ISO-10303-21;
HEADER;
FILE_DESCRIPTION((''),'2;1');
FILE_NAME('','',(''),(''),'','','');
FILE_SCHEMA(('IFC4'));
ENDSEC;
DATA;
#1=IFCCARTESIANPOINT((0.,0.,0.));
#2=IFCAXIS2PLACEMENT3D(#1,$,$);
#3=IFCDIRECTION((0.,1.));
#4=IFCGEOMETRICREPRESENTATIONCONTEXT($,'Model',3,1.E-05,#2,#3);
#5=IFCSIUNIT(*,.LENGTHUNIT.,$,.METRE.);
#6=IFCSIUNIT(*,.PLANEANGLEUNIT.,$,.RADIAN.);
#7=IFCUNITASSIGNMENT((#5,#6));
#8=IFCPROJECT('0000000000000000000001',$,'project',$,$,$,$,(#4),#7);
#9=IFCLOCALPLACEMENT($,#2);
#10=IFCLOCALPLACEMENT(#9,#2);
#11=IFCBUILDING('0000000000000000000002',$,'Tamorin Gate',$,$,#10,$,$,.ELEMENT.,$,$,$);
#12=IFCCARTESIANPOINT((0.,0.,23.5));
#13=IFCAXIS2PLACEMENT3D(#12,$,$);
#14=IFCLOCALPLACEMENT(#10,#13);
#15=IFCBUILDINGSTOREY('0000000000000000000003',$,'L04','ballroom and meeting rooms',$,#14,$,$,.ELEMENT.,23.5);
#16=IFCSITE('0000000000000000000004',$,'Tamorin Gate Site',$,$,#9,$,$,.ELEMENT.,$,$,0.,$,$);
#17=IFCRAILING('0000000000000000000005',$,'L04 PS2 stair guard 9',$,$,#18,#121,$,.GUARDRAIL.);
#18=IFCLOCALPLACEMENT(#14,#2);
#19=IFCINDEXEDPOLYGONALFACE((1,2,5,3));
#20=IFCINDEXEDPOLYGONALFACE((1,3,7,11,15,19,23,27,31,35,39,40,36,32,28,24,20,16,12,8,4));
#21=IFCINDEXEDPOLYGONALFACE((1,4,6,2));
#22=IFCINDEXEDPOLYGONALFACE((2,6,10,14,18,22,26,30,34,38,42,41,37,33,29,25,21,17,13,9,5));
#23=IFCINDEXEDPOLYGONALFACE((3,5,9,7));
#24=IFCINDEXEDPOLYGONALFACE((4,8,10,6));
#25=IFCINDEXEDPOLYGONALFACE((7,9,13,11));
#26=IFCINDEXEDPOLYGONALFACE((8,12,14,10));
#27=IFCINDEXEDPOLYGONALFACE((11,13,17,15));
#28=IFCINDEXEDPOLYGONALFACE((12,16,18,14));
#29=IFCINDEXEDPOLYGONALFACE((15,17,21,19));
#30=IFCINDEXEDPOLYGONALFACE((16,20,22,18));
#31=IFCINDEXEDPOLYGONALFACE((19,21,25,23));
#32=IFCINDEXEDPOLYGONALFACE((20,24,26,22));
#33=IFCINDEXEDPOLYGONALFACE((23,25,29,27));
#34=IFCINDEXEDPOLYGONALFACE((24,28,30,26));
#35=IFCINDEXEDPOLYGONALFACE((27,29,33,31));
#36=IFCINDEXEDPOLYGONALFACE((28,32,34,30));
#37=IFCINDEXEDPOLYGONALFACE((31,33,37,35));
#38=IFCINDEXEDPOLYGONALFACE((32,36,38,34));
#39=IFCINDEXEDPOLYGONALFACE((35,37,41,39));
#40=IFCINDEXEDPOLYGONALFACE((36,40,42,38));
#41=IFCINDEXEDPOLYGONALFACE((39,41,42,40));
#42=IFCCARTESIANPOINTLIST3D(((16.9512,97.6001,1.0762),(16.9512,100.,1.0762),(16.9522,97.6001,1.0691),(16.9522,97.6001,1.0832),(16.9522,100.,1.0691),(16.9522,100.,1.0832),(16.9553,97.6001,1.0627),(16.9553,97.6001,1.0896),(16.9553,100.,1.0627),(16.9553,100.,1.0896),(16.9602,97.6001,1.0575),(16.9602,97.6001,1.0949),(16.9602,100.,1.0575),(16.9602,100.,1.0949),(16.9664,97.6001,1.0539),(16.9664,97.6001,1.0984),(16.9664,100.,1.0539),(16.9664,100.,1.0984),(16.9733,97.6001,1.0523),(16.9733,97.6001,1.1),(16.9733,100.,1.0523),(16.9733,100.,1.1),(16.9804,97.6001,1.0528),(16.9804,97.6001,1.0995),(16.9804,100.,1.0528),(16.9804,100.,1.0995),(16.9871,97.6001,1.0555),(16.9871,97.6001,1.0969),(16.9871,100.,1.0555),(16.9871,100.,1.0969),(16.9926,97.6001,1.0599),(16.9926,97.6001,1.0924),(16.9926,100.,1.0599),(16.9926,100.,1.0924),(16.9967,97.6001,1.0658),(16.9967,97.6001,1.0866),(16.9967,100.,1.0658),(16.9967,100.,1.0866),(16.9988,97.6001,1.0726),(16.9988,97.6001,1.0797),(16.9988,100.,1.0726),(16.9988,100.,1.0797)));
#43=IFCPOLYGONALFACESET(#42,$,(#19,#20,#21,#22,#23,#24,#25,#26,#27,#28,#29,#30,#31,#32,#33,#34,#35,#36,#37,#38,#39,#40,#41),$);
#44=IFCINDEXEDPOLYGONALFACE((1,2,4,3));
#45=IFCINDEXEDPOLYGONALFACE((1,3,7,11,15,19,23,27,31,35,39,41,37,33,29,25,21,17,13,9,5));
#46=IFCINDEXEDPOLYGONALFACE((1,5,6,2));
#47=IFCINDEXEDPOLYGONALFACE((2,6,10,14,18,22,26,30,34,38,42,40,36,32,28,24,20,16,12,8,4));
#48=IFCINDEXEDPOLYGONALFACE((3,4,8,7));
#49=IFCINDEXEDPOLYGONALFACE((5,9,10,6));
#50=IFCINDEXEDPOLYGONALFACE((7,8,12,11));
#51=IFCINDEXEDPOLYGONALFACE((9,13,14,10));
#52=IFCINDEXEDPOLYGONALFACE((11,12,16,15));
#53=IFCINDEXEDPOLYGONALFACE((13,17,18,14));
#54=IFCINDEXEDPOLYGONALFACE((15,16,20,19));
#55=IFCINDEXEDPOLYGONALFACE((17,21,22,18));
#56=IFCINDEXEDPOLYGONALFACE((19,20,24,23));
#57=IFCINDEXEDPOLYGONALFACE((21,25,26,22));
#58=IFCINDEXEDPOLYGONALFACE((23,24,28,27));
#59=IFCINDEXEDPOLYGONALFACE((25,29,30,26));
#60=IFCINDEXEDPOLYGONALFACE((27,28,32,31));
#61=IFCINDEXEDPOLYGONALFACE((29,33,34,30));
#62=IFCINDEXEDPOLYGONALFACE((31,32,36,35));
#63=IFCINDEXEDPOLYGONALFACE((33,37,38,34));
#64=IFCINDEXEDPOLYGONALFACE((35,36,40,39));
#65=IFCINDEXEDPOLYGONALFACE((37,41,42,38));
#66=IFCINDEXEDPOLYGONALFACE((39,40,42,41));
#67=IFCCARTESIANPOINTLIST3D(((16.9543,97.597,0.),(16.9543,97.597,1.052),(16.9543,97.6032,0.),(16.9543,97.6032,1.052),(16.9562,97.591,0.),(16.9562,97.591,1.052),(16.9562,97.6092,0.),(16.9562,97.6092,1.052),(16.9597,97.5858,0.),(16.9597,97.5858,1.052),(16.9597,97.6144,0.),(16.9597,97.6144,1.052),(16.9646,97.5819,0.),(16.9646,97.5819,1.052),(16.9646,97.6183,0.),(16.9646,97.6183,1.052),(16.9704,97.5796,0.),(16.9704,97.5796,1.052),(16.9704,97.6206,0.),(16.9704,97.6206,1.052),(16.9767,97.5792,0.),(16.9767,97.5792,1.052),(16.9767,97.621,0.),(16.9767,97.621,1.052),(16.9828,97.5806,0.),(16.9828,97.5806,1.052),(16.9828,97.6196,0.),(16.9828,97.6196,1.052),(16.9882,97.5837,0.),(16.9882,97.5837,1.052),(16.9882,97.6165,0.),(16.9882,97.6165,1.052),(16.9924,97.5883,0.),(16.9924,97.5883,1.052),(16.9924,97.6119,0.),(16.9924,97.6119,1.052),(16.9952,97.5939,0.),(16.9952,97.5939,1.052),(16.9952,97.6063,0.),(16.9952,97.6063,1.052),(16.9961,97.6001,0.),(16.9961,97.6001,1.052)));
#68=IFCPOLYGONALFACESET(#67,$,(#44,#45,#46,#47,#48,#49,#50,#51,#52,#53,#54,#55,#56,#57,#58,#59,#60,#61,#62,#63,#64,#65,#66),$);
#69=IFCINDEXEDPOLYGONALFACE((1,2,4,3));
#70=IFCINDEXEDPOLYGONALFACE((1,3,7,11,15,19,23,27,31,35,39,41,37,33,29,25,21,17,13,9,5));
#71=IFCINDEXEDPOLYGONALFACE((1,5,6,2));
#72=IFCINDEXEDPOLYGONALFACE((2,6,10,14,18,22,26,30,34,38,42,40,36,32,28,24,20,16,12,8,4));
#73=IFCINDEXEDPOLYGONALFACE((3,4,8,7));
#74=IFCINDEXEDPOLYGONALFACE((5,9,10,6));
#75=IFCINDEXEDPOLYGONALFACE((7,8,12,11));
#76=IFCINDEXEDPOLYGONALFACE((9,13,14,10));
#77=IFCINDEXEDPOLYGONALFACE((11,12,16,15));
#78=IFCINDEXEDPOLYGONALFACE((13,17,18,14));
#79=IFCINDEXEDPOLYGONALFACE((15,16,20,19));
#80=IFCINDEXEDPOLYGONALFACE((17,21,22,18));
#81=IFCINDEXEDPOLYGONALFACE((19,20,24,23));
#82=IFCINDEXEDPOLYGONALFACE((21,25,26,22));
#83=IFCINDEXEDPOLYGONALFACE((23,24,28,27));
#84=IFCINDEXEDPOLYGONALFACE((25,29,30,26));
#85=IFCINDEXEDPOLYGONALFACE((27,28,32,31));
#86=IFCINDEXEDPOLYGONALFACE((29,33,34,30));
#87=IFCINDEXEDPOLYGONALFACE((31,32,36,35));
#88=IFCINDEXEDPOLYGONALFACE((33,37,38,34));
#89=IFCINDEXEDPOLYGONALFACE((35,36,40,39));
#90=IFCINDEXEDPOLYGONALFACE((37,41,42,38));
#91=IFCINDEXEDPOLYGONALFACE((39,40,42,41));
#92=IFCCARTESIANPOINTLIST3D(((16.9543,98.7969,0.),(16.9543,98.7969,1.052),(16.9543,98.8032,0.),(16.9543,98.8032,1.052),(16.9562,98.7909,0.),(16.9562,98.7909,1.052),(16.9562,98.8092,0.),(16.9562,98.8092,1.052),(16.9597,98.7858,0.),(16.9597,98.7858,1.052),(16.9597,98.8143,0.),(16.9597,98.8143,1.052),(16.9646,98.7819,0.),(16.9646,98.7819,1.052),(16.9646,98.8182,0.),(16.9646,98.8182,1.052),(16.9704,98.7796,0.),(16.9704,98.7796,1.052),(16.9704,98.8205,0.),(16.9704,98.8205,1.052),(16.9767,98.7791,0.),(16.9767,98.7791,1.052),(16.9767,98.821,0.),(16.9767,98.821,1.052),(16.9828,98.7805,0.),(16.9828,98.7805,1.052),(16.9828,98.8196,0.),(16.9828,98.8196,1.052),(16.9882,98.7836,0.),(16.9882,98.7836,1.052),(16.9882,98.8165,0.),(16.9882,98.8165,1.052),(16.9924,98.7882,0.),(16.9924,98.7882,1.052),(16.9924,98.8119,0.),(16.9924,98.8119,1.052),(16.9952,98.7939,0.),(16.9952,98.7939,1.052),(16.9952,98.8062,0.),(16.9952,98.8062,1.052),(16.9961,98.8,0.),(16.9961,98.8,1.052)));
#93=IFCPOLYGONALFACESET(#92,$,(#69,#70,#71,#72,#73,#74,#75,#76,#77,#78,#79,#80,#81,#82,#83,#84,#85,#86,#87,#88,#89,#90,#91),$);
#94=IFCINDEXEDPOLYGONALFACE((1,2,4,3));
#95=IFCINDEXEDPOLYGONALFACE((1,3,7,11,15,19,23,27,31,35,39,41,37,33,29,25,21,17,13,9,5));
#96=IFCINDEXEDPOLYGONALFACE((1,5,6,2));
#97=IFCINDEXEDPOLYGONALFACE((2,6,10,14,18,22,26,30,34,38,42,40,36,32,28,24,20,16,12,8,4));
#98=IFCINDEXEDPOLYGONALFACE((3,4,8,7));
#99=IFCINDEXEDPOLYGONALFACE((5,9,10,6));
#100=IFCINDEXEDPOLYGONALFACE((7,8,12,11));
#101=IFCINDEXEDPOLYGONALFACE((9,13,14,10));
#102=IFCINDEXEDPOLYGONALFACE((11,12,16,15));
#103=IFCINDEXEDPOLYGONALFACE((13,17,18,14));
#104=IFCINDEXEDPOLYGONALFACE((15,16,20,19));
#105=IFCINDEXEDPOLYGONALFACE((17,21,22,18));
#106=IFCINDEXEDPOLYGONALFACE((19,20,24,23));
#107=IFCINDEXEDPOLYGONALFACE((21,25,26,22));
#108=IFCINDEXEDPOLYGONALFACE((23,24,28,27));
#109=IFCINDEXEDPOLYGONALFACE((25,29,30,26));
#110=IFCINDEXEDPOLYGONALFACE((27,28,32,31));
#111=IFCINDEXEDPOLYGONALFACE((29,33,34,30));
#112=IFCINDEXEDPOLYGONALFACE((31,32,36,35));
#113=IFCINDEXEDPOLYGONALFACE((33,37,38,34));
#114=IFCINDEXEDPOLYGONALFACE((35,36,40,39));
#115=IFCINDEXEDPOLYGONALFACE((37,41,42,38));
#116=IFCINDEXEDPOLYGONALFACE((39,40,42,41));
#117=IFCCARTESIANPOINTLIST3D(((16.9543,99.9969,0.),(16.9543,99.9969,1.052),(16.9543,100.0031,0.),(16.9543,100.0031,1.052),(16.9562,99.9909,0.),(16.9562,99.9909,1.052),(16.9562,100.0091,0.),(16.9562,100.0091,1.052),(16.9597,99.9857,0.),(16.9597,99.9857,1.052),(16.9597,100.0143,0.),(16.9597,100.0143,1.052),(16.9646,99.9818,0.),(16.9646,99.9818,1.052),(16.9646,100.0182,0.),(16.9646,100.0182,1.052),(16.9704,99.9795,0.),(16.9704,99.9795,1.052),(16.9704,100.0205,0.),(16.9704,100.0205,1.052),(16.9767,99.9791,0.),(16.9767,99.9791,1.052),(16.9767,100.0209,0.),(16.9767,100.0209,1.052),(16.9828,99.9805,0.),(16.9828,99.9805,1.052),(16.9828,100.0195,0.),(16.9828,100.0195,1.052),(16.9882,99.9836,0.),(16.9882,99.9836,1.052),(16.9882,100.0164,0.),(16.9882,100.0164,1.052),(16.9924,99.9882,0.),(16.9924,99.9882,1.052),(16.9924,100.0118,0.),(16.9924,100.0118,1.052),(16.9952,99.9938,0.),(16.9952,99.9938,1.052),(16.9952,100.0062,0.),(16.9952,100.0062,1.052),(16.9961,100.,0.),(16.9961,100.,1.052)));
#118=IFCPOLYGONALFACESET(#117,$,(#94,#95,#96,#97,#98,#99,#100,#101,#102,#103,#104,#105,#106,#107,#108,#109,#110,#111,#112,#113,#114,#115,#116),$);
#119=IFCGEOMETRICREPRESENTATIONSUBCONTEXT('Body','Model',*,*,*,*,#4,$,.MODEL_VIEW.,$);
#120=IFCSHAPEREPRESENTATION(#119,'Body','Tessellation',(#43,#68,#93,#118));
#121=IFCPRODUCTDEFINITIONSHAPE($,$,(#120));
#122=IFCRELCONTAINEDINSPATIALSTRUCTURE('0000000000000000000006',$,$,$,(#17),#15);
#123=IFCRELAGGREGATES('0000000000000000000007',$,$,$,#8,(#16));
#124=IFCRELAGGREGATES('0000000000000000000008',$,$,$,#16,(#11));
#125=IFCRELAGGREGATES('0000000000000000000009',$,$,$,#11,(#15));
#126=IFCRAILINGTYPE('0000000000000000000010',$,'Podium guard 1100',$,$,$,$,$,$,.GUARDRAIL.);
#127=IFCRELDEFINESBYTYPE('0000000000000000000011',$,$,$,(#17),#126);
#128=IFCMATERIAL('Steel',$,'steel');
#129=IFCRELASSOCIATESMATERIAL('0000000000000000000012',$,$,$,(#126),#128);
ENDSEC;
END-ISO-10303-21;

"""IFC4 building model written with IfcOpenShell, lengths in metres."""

from ifc_helpers import new_model, si_unit, direction, frame, origin, origin_2d, place, context, subcontext, project, spatial, circle, extrude, material, type_object, element, save


model = new_model("IFC4")

# Units and contexts
model_context = context("Model", 3, precision=1e-05, world=origin(), true_north=direction((0.0, 1.0)))
body_context = subcontext(model_context, "Body", "Model", "MODEL_VIEW")
ifc_project = project(units=[si_unit("LENGTHUNIT", "METRE"), si_unit("PLANEANGLEUNIT", "RADIAN")], contexts=[model_context])

# Site, building, storey
site_placement = place(None, origin())
site = spatial("IfcSite", under=ifc_project, at=site_placement, Name="Tamorin Gate Site", CompositionType="ELEMENT", RefElevation=0.0)
building_placement = place(site_placement, origin())
building = spatial("IfcBuilding", under=site, at=building_placement, Name="Tamorin Gate", CompositionType="ELEMENT")
storey_placement = place(building_placement, frame((0.0, 0.0, 23.5)))
storey = spatial("IfcBuildingStorey", under=building, at=storey_placement, Name="L04", Description="ballroom and meeting rooms", CompositionType="ELEMENT", Elevation=23.5)

# Railing
ifc_material_1 = material(Name="Steel", Category="steel")
railing_type_1 = type_object("IfcRailingType", Name="Podium guard 1100", PredefinedType="GUARDRAIL", material=ifc_material_1)
for number, where, name in (
    (1, (16.9751, 97.6001, 0.0), "L04 PS2 stair guard 9"),
):
    element("IfcRailing", number, at=place(storey_placement, frame(where)), inside=storey, type_object=railing_type_1, Name=name, PredefinedType="GUARDRAIL", context=body_context, shape_type="SweptSolid", body=[
        extrude(circle(Radius=0.0239, at=origin_2d()), frame((0.0, 0.0, 1.0762), z_axis=(0.0, 1.0, 0.0), x_axis=(-1.0, 0.0, 0.0)), (0.0, 0.0, 1.0), 2.3999),
        extrude(circle(Radius=0.021, at=origin_2d()), origin(), (0.0, 0.0, 1.0), 1.052),
        extrude(circle(Radius=0.021, at=origin_2d()), frame((0.0, 1.2, 0.0)), (0.0, 0.0, 1.0), 1.052),
        extrude(circle(Radius=0.021, at=origin_2d()), frame((0.0, 2.3999, 0.0)), (0.0, 0.0, 1.0), 1.052),
    ])

save(model, "model.ifc")
